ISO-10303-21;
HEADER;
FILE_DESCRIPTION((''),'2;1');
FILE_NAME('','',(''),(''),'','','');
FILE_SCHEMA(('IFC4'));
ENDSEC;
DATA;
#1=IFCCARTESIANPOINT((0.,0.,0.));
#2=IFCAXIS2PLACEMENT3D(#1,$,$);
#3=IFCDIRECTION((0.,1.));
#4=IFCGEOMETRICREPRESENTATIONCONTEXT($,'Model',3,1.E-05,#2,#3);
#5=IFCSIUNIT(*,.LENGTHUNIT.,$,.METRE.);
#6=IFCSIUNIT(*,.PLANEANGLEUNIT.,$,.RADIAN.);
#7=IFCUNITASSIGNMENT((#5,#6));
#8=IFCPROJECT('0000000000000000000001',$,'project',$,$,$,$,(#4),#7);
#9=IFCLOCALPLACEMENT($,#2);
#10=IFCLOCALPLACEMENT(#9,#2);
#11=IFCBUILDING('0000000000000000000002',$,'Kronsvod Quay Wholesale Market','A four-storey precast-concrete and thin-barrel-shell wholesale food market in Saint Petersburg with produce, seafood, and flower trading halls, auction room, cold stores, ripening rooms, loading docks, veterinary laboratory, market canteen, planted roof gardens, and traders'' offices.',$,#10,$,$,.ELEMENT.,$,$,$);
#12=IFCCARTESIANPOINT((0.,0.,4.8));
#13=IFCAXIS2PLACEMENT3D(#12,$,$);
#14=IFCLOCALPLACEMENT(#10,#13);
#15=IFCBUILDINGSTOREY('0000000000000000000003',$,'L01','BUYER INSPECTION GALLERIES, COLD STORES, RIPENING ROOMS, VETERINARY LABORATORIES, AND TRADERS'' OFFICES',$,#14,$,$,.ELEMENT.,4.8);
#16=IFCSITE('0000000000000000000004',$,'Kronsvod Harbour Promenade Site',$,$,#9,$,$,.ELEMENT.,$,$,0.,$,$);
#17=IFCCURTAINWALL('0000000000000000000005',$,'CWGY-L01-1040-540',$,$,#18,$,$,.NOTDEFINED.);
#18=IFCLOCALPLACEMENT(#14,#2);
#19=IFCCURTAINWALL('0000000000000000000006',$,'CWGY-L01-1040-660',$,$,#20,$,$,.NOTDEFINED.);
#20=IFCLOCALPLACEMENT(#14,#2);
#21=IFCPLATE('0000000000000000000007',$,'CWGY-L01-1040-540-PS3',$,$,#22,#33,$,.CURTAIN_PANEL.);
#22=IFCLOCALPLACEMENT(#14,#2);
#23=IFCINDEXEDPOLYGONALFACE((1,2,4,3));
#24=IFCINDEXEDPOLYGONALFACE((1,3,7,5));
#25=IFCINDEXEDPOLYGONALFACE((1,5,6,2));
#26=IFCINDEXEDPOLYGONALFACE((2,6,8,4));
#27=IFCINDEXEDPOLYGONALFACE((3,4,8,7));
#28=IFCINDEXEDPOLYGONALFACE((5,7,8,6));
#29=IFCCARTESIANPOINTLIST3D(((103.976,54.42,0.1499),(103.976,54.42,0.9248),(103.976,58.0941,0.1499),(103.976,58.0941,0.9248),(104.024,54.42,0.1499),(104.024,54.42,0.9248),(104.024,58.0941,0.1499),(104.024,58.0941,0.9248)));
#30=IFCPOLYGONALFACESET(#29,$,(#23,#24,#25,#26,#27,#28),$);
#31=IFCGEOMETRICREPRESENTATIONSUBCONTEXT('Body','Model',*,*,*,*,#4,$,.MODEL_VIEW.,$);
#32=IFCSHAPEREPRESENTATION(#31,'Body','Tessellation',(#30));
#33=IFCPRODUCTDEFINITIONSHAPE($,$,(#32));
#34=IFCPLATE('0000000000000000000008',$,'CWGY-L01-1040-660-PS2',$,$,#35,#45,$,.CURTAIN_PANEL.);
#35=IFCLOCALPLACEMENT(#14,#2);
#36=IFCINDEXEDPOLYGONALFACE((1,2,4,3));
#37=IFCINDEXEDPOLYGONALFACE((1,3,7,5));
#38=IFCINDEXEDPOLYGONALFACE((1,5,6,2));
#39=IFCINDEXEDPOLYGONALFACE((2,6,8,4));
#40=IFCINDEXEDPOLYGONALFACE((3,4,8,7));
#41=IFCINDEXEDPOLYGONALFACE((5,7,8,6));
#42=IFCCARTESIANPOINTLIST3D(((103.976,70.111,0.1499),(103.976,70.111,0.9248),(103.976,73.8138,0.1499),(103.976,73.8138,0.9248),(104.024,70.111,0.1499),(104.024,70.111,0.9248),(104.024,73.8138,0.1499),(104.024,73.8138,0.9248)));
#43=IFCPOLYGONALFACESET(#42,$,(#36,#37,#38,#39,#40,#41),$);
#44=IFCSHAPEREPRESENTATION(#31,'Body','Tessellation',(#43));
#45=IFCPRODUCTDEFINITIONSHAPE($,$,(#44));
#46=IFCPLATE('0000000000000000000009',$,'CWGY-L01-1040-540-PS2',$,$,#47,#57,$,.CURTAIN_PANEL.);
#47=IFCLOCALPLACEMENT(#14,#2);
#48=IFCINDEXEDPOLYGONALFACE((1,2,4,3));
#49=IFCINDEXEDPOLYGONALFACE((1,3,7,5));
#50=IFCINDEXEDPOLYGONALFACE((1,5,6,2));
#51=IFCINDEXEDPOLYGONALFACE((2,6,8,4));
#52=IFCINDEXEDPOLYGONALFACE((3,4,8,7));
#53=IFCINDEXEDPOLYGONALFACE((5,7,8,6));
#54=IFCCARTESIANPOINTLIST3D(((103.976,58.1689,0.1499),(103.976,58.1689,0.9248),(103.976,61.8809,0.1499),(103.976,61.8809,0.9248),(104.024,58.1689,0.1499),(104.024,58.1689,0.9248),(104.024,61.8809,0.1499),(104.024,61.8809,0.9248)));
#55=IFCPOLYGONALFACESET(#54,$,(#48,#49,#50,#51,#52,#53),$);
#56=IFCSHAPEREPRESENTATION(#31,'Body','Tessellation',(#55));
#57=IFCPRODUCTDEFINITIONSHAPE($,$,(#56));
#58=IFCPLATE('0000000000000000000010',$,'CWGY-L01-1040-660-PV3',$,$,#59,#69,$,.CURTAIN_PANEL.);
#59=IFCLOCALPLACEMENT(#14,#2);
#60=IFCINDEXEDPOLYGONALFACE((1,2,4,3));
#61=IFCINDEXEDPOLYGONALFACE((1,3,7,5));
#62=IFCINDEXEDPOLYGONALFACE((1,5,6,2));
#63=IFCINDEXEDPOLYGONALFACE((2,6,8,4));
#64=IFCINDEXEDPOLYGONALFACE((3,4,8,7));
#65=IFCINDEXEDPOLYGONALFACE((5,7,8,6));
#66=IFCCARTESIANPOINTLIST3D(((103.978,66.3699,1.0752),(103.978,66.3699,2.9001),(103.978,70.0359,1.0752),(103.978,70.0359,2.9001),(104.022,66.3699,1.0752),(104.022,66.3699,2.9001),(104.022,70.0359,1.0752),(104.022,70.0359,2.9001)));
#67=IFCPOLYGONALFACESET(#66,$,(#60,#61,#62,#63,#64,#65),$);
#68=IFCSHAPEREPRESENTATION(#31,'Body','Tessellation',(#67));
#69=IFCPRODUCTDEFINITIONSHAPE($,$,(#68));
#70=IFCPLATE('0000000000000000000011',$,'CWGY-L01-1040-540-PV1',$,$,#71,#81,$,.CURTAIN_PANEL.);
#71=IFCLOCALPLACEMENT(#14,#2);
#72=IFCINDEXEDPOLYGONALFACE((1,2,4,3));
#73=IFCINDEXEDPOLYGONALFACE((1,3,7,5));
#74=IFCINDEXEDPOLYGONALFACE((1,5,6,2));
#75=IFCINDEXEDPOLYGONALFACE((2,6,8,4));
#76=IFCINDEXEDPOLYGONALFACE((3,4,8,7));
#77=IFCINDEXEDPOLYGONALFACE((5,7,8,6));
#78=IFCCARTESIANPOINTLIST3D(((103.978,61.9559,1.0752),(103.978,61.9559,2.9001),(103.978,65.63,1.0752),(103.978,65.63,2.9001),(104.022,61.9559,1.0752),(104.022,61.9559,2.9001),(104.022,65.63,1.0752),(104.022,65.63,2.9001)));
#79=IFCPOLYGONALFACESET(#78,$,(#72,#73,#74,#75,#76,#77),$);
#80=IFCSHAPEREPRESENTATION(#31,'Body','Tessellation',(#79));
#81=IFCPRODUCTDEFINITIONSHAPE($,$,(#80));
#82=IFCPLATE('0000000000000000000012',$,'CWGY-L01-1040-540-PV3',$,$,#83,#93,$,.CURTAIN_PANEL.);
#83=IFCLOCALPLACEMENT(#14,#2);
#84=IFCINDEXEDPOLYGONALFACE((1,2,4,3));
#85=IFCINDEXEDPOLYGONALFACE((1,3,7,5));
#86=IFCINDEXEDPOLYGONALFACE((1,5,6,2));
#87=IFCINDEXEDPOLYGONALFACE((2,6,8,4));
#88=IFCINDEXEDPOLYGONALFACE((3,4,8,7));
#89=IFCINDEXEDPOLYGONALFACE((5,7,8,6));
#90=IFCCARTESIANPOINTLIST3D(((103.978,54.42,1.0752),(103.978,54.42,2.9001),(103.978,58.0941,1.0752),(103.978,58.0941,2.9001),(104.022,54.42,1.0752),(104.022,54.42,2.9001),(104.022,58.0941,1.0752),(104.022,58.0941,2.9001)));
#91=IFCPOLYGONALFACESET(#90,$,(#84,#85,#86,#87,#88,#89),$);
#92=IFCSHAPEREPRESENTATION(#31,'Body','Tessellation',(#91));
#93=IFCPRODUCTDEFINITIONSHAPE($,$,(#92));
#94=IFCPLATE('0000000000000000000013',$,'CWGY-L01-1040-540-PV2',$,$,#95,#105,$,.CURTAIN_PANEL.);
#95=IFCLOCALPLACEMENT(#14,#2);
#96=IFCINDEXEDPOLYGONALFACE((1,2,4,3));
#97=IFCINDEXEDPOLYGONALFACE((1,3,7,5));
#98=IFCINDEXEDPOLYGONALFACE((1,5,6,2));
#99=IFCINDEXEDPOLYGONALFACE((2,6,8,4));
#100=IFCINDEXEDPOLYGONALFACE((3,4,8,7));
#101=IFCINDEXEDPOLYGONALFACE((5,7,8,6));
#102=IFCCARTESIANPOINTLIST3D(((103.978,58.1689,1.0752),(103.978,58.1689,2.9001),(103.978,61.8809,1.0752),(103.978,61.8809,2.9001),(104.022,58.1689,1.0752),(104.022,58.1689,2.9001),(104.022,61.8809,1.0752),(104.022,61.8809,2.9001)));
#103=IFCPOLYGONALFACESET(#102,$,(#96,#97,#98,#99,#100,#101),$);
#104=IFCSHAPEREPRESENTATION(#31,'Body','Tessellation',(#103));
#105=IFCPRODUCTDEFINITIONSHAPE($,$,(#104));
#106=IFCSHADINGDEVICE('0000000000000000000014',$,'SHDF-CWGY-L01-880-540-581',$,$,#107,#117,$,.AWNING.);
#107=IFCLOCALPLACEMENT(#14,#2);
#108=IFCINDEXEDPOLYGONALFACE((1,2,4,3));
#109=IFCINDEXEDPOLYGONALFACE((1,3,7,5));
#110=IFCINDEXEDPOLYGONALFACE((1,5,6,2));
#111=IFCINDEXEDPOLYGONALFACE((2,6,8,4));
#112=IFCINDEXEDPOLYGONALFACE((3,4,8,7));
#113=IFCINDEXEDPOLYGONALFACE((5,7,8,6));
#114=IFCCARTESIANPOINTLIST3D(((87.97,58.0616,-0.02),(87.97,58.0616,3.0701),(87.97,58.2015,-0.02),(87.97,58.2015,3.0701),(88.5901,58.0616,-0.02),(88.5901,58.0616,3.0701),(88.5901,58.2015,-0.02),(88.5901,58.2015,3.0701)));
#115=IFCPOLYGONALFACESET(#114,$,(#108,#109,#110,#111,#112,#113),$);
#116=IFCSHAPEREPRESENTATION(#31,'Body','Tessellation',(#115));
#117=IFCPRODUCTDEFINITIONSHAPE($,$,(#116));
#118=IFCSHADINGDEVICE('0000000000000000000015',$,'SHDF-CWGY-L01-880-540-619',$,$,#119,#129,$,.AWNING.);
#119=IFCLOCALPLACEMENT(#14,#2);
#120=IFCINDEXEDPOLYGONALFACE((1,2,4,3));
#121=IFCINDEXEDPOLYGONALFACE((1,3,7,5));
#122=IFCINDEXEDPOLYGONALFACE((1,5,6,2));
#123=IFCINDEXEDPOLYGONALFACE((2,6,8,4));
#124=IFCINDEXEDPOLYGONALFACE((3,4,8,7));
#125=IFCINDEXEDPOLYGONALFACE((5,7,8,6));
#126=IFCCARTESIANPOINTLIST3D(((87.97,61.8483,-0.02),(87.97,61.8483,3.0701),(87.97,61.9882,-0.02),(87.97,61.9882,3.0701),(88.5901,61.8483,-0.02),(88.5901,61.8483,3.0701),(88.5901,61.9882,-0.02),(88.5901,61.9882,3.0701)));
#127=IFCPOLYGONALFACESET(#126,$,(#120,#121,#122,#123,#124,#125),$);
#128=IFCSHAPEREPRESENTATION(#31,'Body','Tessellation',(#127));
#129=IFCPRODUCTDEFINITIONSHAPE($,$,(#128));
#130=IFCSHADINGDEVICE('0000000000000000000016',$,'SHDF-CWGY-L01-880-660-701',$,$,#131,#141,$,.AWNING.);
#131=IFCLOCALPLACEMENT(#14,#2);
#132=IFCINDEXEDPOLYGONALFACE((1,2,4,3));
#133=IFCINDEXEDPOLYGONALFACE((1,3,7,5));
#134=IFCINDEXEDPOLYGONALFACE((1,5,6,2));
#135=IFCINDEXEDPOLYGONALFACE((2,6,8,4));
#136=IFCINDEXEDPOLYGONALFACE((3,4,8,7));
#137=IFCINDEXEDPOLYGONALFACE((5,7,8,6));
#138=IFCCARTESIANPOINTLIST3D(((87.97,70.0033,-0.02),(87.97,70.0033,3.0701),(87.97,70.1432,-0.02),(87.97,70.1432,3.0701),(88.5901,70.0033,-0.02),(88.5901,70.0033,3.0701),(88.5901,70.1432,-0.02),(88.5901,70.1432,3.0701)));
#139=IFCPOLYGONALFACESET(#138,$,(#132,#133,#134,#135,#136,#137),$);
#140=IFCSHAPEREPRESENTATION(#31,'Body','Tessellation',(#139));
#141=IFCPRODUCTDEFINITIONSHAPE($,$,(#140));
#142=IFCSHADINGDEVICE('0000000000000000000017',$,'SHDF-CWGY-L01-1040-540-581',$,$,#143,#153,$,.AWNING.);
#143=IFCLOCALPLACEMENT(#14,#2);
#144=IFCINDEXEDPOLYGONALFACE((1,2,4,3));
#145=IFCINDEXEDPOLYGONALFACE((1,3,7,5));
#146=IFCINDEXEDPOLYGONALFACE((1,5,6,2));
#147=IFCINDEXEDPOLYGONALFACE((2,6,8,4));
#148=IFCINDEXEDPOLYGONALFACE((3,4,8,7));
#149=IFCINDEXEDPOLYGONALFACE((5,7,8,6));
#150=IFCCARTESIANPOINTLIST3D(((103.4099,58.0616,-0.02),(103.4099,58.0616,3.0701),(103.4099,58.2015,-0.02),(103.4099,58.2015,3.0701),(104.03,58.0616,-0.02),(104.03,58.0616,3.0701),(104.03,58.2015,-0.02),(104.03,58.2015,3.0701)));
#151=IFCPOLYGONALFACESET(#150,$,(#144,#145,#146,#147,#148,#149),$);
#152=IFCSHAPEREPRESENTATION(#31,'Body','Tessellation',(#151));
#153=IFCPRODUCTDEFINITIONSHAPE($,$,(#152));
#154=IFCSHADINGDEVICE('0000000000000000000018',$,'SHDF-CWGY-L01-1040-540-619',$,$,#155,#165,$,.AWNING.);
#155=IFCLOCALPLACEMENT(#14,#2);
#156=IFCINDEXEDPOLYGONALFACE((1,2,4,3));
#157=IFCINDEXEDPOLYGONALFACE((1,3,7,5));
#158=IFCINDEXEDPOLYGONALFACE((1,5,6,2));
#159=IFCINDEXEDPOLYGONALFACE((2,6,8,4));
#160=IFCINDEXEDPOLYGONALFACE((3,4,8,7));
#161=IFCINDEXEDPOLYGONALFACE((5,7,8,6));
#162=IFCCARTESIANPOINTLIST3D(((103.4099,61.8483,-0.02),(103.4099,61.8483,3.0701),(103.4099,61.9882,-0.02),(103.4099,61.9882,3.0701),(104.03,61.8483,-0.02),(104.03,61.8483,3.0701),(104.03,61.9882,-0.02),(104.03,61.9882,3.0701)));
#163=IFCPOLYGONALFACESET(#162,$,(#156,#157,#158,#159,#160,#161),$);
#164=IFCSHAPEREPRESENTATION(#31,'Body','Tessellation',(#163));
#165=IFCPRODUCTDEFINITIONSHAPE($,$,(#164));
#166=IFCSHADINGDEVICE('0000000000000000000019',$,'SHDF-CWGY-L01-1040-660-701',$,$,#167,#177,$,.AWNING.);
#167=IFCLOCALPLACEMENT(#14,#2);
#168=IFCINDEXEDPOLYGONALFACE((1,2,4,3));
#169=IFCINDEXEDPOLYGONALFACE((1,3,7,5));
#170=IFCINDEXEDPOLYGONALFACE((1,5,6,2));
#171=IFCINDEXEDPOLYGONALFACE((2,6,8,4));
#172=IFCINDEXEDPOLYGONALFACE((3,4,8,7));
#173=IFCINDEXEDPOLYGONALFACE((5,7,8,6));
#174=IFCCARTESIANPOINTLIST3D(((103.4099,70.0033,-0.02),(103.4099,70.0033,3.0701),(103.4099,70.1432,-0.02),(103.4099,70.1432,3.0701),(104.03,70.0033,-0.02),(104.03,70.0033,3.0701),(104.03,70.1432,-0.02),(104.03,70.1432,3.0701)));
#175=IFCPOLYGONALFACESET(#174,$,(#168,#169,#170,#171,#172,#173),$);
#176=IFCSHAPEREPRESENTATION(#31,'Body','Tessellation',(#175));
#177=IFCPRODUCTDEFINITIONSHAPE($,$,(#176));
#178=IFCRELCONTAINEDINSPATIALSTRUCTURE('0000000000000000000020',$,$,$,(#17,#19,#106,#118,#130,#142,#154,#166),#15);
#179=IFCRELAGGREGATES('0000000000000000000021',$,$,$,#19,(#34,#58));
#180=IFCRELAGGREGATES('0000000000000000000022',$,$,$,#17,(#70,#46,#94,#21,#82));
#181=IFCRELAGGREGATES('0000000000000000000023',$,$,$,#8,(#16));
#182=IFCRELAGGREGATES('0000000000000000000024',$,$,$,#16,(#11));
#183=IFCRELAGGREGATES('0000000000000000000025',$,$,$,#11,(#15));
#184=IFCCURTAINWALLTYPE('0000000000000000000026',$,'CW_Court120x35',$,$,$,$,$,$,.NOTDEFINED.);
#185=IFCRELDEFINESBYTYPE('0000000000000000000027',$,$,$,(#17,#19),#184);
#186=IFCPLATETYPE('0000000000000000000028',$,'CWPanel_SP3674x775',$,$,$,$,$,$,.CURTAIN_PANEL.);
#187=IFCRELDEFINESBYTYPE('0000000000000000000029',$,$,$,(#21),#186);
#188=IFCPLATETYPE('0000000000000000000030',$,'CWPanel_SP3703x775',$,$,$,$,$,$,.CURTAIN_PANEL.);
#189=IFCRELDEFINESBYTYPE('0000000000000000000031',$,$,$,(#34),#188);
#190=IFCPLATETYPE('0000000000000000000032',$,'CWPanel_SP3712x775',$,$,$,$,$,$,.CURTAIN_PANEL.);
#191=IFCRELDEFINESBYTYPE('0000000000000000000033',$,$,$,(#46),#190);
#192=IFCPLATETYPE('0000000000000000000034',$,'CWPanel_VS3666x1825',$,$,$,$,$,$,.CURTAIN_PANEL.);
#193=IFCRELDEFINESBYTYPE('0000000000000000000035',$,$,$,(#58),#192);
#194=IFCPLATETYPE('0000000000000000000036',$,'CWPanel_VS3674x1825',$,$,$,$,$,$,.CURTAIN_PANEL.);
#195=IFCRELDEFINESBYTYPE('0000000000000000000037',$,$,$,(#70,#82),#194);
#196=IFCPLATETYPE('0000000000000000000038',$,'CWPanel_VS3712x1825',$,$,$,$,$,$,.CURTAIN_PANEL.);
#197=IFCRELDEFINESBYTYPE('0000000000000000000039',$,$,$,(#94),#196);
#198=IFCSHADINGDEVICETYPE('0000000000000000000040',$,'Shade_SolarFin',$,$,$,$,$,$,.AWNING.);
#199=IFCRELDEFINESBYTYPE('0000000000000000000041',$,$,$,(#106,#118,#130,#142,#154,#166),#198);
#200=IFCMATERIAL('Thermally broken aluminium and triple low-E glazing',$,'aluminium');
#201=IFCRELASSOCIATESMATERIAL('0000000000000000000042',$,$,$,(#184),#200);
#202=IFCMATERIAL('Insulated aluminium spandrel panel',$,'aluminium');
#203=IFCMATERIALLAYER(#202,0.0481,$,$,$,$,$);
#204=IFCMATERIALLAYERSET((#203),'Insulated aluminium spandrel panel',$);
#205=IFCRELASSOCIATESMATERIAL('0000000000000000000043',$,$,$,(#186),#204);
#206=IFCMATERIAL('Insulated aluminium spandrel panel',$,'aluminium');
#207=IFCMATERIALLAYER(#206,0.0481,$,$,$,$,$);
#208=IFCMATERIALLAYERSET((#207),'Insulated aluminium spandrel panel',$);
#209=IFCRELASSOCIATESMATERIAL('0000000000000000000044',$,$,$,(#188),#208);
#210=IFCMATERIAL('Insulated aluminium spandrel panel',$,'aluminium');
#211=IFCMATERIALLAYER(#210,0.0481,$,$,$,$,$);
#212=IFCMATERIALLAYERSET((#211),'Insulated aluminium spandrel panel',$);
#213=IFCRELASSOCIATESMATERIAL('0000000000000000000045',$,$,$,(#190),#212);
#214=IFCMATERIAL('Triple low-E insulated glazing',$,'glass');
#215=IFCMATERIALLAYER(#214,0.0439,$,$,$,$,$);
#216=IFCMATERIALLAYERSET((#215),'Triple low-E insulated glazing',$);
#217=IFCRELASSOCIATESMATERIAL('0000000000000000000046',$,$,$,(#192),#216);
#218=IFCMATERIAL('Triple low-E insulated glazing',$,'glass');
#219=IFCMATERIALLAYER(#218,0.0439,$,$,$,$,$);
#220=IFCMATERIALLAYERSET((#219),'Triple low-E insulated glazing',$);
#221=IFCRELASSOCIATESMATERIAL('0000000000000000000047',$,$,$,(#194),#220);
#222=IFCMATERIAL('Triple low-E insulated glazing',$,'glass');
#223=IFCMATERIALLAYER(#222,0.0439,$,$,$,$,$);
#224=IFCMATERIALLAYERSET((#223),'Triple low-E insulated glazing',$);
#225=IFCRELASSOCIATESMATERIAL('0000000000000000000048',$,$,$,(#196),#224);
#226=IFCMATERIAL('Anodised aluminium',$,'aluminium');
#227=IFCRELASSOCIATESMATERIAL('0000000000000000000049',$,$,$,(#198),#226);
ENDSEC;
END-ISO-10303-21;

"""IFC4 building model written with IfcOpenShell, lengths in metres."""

from ifc_helpers import new_model, si_unit, direction, frame, origin, origin_2d, place, context, subcontext, project, spatial, rectangle, extrude, material, layer, layer_set, type_object, element, aggregate, save


model = new_model("IFC4")

# Units and contexts
model_context = context("Model", 3, precision=1e-05, world=origin(), true_north=direction((0.0, 1.0)))
body_context = subcontext(model_context, "Body", "Model", "MODEL_VIEW")
ifc_project = project(units=[si_unit("LENGTHUNIT", "METRE"), si_unit("PLANEANGLEUNIT", "RADIAN")], contexts=[model_context])

# Site, building, storey
site_placement = place(None, origin())
site = spatial("IfcSite", under=ifc_project, at=site_placement, Name="Kronsvod Harbour Promenade Site", CompositionType="ELEMENT", RefElevation=0.0)
building_placement = place(site_placement, origin())
building = spatial("IfcBuilding", under=site, at=building_placement, Name="Kronsvod Quay Wholesale Market", Description="A four-storey precast-concrete and thin-barrel-shell wholesale food market in Saint Petersburg with produce, seafood, and flower trading halls, auction room, cold stores, ripening rooms, loading docks, veterinary laboratory, market canteen, planted roof gardens, and traders' offices.", CompositionType="ELEMENT")
storey_placement = place(building_placement, frame((0.0, 0.0, 4.8)))
storey = spatial("IfcBuildingStorey", under=building, at=storey_placement, Name="L01", Description="BUYER INSPECTION GALLERIES, COLD STORES, RIPENING ROOMS, VETERINARY LABORATORIES, AND TRADERS' OFFICES", CompositionType="ELEMENT", Elevation=4.8)

# Curtain walls
ifc_material_1 = material(Name="Thermally broken aluminium and triple low-E glazing", Category="aluminium")
curtain_wall_type = type_object("IfcCurtainWallType", Name="CW_Court120x35", PredefinedType="NOTDEFINED", material=ifc_material_1)
curtain_wall_1_placement = place(storey_placement, origin())
curtain_wall_1 = element("IfcCurtainWall", 1, at=curtain_wall_1_placement, inside=storey, type_object=curtain_wall_type, Name="CWGY-L01-1040-540", PredefinedType="NOTDEFINED")
curtain_wall_2_placement = place(storey_placement, origin())
curtain_wall_2 = element("IfcCurtainWall", 2, at=curtain_wall_2_placement, inside=storey, type_object=curtain_wall_type, Name="CWGY-L01-1040-660", PredefinedType="NOTDEFINED")

# Plates
ifc_material_2 = material(Name="Insulated aluminium spandrel panel", Category="aluminium")
ifc_layer_1 = layer(ifc_material_2, 0.0481)
ifc_layer_set_1 = layer_set([ifc_layer_1], Name="Insulated aluminium spandrel panel")
plate_type_1 = type_object("IfcPlateType", Name="CWPanel_SP3674x775", PredefinedType="CURTAIN_PANEL", material=ifc_layer_set_1)
plate_1_placement = place(storey_placement, frame((104.0, 56.2571, 0.1499), z_axis=(0.0, 0.0, 1.0), x_axis=(0.0, -1.0, 0.0)))
plate_1 = element("IfcPlate", 3, at=plate_1_placement, type_object=plate_type_1, Name="CWGY-L01-1040-540-PS3", PredefinedType="CURTAIN_PANEL", context=body_context, shape_type="SweptSolid", body=[
    extrude(rectangle(XDim=3.6741, YDim=0.0481, at=origin_2d()), origin(), (0.0, 0.0, 1.0), 0.7749),
])
ifc_material_3 = material(Name="Insulated aluminium spandrel panel", Category="aluminium")
ifc_layer_2 = layer(ifc_material_3, 0.0481)
ifc_layer_set_2 = layer_set([ifc_layer_2], Name="Insulated aluminium spandrel panel")
plate_type_2 = type_object("IfcPlateType", Name="CWPanel_SP3703x775", PredefinedType="CURTAIN_PANEL", material=ifc_layer_set_2)
plate_2_placement = place(storey_placement, frame((104.0, 71.9624, 0.1499), z_axis=(0.0, 0.0, 1.0), x_axis=(0.0, -1.0, 0.0)))
plate_2 = element("IfcPlate", 4, at=plate_2_placement, type_object=plate_type_2, Name="CWGY-L01-1040-660-PS2", PredefinedType="CURTAIN_PANEL", context=body_context, shape_type="SweptSolid", body=[
    extrude(rectangle(XDim=3.7029, YDim=0.0481, at=origin_2d()), origin(), (0.0, 0.0, 1.0), 0.7749),
])
ifc_material_4 = material(Name="Insulated aluminium spandrel panel", Category="aluminium")
ifc_layer_3 = layer(ifc_material_4, 0.0481)
ifc_layer_set_3 = layer_set([ifc_layer_3], Name="Insulated aluminium spandrel panel")
plate_type_3 = type_object("IfcPlateType", Name="CWPanel_SP3712x775", PredefinedType="CURTAIN_PANEL", material=ifc_layer_set_3)
plate_3_placement = place(storey_placement, frame((104.0, 60.0249, 0.1499), z_axis=(0.0, 0.0, 1.0), x_axis=(0.0, -1.0, 0.0)))
plate_3 = element("IfcPlate", 5, at=plate_3_placement, type_object=plate_type_3, Name="CWGY-L01-1040-540-PS2", PredefinedType="CURTAIN_PANEL", context=body_context, shape_type="SweptSolid", body=[
    extrude(rectangle(XDim=3.7119, YDim=0.0481, at=origin_2d()), origin(), (0.0, 0.0, 1.0), 0.7749),
])
ifc_material_5 = material(Name="Triple low-E insulated glazing", Category="glass")
ifc_layer_4 = layer(ifc_material_5, 0.0439)
ifc_layer_set_4 = layer_set([ifc_layer_4], Name="Triple low-E insulated glazing")
plate_type_4 = type_object("IfcPlateType", Name="CWPanel_VS3666x1825", PredefinedType="CURTAIN_PANEL", material=ifc_layer_set_4)
plate_4_placement = place(storey_placement, frame((104.0, 68.2029, 1.0752), z_axis=(0.0, 0.0, 1.0), x_axis=(0.0, -1.0, 0.0)))
plate_4 = element("IfcPlate", 6, at=plate_4_placement, type_object=plate_type_4, Name="CWGY-L01-1040-660-PV3", PredefinedType="CURTAIN_PANEL", context=body_context, shape_type="SweptSolid", body=[
    extrude(rectangle(XDim=3.666, YDim=0.0439, at=origin_2d()), origin(), (0.0, 0.0, 1.0), 1.825),
])
aggregate(curtain_wall_2, [plate_2, plate_4])
ifc_material_6 = material(Name="Triple low-E insulated glazing", Category="glass")
ifc_layer_5 = layer(ifc_material_6, 0.0439)
ifc_layer_set_5 = layer_set([ifc_layer_5], Name="Triple low-E insulated glazing")
plate_type_5 = type_object("IfcPlateType", Name="CWPanel_VS3674x1825", PredefinedType="CURTAIN_PANEL", material=ifc_layer_set_5)
plate_5_placement = place(storey_placement, frame((104.0, 63.793, 1.0752), z_axis=(0.0, 0.0, 1.0), x_axis=(0.0, -1.0, 0.0)))
plate_5 = element("IfcPlate", 7, at=plate_5_placement, type_object=plate_type_5, Name="CWGY-L01-1040-540-PV1", PredefinedType="CURTAIN_PANEL", context=body_context, shape_type="SweptSolid", body=[
    extrude(rectangle(XDim=3.6741, YDim=0.0439, at=origin_2d()), origin(), (0.0, 0.0, 1.0), 1.825),
])
plate_6_placement = place(storey_placement, frame((104.0, 56.2571, 1.0752), z_axis=(0.0, 0.0, 1.0), x_axis=(0.0, -1.0, 0.0)))
plate_6 = element("IfcPlate", 8, at=plate_6_placement, type_object=plate_type_5, Name="CWGY-L01-1040-540-PV3", PredefinedType="CURTAIN_PANEL", context=body_context, shape_type="SweptSolid", body=[
    extrude(rectangle(XDim=3.6741, YDim=0.0439, at=origin_2d()), origin(), (0.0, 0.0, 1.0), 1.825),
])
ifc_material_7 = material(Name="Triple low-E insulated glazing", Category="glass")
ifc_layer_6 = layer(ifc_material_7, 0.0439)
ifc_layer_set_6 = layer_set([ifc_layer_6], Name="Triple low-E insulated glazing")
plate_type_6 = type_object("IfcPlateType", Name="CWPanel_VS3712x1825", PredefinedType="CURTAIN_PANEL", material=ifc_layer_set_6)
plate_7_placement = place(storey_placement, frame((104.0, 60.0249, 1.0752), z_axis=(0.0, 0.0, 1.0), x_axis=(0.0, -1.0, 0.0)))
plate_7 = element("IfcPlate", 9, at=plate_7_placement, type_object=plate_type_6, Name="CWGY-L01-1040-540-PV2", PredefinedType="CURTAIN_PANEL", context=body_context, shape_type="SweptSolid", body=[
    extrude(rectangle(XDim=3.7119, YDim=0.0439, at=origin_2d()), origin(), (0.0, 0.0, 1.0), 1.825),
])
aggregate(curtain_wall_1, [plate_5, plate_3, plate_7, plate_1, plate_6])

# Shading devices
ifc_material_8 = material(Name="Anodised aluminium", Category="aluminium")
shading_device_type = type_object("IfcShadingDeviceType", Name="Shade_SolarFin", PredefinedType="AWNING", material=ifc_material_8)
for number, where, z_axis, x_axis, name in (
    (10, (88.28, 58.1316, -0.02), (0.0, 0.0, 1.0), (1.0, 0.0, 0.0), "SHDF-CWGY-L01-880-540-581"),
    (11, (88.28, 61.9182, -0.02), (0.0, 0.0, 1.0), (1.0, 0.0, 0.0), "SHDF-CWGY-L01-880-540-619"),
    (12, (88.28, 70.0732, -0.02), (0.0, 0.0, 1.0), (1.0, 0.0, 0.0), "SHDF-CWGY-L01-880-660-701"),
    (13, (103.72, 58.1316, -0.02), (0.0, 0.0, 1.0), (1.0, 0.0, 0.0), "SHDF-CWGY-L01-1040-540-581"),
    (14, (103.72, 61.9182, -0.02), (0.0, 0.0, 1.0), (1.0, 0.0, 0.0), "SHDF-CWGY-L01-1040-540-619"),
    (15, (103.72, 70.0732, -0.02), (0.0, 0.0, 1.0), (1.0, 0.0, 0.0), "SHDF-CWGY-L01-1040-660-701"),
):
    element("IfcShadingDevice", number, at=place(storey_placement, frame(where, z_axis=z_axis, x_axis=x_axis)), inside=storey, type_object=shading_device_type, Name=name, PredefinedType="AWNING", context=body_context, shape_type="SweptSolid", body=[
        extrude(rectangle(XDim=0.6201, YDim=0.1399, at=origin_2d()), origin(), (0.0, 0.0, 1.0), 3.0901),
    ])

save(model, "model.ifc")
